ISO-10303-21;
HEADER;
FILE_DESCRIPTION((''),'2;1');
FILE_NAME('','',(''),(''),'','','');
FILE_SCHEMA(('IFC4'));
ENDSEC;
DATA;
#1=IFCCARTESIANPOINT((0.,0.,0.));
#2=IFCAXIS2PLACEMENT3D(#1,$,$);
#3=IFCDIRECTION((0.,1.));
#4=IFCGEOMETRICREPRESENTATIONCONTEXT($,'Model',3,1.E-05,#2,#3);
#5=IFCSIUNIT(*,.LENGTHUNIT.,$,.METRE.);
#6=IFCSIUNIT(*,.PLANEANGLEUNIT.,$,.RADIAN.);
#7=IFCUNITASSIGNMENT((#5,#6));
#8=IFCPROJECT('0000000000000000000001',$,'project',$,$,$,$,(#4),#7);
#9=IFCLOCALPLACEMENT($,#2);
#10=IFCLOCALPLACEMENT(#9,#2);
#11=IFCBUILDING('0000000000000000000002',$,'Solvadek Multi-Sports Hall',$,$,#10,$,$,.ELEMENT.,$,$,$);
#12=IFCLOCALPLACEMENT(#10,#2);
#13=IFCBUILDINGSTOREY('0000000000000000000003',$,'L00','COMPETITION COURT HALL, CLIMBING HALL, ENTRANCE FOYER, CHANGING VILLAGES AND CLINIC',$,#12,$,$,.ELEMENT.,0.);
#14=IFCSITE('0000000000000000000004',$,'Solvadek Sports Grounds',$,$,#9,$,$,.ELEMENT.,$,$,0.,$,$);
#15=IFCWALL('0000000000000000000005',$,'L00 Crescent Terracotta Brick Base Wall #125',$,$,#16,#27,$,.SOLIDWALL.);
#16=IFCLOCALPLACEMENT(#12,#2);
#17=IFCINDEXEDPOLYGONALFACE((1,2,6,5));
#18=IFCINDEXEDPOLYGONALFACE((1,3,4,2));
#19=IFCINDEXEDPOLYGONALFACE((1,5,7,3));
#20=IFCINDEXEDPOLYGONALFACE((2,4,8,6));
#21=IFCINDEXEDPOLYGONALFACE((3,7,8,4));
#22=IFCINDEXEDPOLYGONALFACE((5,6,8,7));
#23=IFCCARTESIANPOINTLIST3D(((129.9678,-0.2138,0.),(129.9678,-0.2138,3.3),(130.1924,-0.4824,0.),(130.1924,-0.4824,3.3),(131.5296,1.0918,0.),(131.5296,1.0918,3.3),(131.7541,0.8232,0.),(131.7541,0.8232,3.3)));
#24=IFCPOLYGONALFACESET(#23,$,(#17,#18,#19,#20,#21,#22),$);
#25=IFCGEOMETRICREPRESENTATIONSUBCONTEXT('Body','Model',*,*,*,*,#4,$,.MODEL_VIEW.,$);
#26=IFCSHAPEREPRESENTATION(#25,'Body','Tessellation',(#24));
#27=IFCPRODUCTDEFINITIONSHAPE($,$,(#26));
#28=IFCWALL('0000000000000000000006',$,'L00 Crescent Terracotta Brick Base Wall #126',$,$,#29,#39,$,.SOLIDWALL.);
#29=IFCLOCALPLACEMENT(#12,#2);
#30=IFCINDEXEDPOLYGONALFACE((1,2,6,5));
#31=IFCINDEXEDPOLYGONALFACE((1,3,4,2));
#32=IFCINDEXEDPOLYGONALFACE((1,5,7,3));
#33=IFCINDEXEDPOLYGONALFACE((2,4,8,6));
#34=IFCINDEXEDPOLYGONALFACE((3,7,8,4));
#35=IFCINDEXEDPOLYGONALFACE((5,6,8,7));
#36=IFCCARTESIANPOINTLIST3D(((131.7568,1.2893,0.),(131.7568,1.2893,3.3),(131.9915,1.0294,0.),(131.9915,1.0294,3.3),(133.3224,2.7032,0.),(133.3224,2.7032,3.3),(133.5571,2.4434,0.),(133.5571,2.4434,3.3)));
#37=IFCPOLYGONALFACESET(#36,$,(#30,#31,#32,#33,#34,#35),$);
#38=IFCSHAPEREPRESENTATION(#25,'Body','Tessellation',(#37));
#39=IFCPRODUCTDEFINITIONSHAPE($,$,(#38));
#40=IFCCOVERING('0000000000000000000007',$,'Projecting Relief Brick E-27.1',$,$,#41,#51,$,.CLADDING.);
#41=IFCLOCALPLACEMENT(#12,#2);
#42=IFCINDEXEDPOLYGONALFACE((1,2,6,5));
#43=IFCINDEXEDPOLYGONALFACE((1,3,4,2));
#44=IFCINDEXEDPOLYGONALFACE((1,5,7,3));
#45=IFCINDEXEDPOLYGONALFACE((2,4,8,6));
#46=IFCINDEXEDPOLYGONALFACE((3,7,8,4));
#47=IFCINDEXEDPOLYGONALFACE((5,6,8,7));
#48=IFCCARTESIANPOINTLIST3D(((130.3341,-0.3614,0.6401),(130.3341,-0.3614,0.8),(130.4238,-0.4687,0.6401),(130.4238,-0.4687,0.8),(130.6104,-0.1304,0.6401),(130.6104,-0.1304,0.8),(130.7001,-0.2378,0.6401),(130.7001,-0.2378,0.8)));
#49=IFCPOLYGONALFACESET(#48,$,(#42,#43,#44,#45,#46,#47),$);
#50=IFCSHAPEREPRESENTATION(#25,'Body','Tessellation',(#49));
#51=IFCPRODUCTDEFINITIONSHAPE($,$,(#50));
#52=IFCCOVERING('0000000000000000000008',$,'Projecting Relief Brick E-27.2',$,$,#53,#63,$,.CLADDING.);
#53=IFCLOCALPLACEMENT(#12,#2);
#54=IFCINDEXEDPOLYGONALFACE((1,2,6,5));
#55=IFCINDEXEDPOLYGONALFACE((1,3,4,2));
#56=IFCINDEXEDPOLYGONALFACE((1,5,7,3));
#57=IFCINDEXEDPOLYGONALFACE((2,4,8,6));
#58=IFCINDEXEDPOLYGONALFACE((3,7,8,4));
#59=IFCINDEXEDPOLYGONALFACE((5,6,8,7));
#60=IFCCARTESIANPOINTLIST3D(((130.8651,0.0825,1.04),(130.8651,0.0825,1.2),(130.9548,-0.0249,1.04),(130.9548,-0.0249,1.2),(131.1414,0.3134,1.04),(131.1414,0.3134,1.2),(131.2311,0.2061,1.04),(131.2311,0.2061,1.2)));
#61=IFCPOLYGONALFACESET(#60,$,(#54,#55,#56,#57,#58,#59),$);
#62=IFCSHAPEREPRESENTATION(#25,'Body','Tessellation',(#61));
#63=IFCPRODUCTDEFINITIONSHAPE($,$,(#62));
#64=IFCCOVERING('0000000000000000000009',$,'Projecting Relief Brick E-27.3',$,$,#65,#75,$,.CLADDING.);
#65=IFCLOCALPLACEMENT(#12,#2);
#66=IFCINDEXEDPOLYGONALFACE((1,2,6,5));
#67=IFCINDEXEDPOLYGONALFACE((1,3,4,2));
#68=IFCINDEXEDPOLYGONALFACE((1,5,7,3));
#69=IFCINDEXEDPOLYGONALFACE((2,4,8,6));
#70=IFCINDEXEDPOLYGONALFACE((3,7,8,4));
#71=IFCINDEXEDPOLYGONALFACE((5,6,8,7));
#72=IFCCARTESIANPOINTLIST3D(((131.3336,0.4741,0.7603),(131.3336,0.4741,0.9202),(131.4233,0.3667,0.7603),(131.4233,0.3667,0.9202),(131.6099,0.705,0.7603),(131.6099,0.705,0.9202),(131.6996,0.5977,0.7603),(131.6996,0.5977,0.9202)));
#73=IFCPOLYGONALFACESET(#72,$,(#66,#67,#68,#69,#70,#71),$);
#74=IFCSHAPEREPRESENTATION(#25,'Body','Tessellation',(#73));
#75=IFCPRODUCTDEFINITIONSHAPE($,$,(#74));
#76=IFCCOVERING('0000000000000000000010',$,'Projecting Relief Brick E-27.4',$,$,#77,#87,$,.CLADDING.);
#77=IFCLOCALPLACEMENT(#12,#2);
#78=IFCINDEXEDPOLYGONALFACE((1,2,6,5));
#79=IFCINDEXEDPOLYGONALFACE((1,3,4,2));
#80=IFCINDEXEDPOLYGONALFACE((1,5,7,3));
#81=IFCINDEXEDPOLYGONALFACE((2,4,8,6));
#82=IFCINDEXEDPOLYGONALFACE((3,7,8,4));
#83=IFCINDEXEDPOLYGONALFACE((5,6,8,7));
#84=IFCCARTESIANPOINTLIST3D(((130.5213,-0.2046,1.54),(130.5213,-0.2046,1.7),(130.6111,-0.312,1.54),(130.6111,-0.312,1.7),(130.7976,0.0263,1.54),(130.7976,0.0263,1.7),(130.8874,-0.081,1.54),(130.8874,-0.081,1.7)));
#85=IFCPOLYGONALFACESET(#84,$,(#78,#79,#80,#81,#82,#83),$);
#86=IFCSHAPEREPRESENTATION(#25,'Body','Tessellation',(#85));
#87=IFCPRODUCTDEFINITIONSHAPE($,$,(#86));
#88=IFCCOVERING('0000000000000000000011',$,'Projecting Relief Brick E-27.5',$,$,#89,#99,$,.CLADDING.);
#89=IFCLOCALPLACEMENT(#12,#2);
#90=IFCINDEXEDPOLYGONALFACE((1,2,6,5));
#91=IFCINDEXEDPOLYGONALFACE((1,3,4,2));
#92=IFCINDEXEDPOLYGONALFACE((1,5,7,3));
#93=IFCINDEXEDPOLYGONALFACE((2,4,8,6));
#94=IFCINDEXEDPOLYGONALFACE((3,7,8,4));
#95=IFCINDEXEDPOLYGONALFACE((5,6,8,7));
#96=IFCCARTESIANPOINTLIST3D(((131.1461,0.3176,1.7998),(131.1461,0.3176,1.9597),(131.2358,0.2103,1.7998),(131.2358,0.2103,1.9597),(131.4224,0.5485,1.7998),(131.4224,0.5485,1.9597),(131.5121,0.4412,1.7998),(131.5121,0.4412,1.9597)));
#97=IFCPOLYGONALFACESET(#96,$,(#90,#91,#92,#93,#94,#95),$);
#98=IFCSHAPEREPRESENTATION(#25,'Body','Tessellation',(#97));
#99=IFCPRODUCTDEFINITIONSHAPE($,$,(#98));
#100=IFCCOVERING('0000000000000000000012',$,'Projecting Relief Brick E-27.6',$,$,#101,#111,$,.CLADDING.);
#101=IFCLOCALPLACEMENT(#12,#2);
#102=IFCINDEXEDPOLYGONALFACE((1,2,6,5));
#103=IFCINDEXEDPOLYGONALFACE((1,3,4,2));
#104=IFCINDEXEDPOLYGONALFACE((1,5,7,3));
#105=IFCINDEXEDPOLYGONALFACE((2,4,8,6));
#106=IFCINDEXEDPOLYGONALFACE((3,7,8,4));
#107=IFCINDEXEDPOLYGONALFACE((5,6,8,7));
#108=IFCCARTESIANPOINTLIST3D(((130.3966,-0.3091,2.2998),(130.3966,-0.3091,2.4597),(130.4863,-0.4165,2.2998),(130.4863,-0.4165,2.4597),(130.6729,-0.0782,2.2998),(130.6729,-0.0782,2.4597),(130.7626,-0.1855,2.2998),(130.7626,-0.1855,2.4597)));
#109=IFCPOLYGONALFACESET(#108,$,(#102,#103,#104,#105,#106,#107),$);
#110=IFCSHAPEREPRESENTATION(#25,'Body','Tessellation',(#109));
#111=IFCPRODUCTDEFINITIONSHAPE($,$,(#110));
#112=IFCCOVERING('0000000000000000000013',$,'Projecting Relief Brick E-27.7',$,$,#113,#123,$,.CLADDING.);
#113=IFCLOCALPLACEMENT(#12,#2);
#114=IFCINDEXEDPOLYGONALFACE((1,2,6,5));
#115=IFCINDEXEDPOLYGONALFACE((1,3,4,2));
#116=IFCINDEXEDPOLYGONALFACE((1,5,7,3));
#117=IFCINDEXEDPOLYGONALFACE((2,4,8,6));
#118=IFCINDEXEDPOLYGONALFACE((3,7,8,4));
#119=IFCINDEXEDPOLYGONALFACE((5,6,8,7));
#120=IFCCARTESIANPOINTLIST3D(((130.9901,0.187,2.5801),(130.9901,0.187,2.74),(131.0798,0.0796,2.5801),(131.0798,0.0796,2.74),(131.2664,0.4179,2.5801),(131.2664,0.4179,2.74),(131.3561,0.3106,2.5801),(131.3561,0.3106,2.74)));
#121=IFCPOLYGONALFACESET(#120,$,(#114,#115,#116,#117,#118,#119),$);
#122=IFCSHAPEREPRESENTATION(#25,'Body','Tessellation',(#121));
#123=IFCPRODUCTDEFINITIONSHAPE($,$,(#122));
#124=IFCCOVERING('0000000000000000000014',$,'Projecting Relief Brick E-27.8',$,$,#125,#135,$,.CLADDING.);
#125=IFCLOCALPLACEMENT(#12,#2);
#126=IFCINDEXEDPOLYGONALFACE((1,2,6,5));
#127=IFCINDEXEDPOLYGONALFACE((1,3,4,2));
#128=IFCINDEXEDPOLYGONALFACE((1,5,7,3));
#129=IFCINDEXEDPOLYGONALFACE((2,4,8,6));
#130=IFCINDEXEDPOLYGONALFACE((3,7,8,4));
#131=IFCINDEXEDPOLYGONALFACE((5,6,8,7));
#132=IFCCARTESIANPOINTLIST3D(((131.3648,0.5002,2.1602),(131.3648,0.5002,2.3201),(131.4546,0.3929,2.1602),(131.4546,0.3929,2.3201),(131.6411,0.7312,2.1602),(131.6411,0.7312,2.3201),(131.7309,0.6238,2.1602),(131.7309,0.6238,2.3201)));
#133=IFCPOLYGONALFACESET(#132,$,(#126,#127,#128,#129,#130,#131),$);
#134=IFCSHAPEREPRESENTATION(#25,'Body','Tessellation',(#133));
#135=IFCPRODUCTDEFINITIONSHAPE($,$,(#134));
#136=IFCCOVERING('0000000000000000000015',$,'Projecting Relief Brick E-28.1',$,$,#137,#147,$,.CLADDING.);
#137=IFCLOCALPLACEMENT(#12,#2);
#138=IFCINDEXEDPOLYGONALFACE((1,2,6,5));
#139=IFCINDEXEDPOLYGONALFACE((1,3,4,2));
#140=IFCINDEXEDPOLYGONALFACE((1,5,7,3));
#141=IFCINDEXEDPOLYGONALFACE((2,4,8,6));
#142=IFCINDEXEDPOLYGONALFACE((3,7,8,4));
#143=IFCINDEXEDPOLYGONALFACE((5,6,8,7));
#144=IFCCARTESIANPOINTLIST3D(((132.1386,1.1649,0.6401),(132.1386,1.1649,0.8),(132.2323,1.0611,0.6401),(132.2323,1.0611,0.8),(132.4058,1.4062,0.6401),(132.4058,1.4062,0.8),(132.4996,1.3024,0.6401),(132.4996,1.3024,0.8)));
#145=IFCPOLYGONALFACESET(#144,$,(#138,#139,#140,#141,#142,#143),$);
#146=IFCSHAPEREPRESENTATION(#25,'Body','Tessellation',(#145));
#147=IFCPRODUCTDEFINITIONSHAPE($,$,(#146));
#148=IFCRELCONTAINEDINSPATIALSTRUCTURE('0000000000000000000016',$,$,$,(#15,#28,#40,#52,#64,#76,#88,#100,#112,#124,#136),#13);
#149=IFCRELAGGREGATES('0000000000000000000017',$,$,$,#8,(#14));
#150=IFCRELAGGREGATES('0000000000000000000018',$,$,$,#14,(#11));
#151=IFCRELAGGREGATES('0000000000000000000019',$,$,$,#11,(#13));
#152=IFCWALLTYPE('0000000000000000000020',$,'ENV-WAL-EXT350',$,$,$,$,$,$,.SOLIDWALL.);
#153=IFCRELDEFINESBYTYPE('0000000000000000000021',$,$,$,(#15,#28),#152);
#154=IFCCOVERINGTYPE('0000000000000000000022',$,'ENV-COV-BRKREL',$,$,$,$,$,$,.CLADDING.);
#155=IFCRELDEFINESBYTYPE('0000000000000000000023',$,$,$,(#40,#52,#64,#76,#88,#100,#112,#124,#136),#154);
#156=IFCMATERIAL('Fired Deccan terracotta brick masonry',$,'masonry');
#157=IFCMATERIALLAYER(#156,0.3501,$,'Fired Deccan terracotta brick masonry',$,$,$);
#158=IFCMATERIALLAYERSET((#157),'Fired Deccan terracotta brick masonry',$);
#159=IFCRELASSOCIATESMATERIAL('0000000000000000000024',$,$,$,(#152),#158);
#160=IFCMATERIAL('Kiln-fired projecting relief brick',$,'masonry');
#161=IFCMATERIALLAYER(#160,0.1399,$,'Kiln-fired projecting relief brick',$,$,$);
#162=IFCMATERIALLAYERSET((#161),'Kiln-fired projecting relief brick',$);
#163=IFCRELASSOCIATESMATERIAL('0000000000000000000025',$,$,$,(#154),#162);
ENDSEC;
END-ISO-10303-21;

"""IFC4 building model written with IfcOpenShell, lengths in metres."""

from ifc_helpers import new_model, si_unit, direction, frame, frame_2d, origin, origin_2d, place, context, subcontext, project, spatial, rectangle, extrude, material, layer, layer_set, type_object, element, save


model = new_model("IFC4")

# Units and contexts
model_context = context("Model", 3, precision=1e-05, world=origin(), true_north=direction((0.0, 1.0)))
body_context = subcontext(model_context, "Body", "Model", "MODEL_VIEW")
ifc_project = project(units=[si_unit("LENGTHUNIT", "METRE"), si_unit("PLANEANGLEUNIT", "RADIAN")], contexts=[model_context])

# Site, building, storey
site_placement = place(None, origin())
site = spatial("IfcSite", under=ifc_project, at=site_placement, Name="Solvadek Sports Grounds", CompositionType="ELEMENT", RefElevation=0.0)
building_placement = place(site_placement, origin())
building = spatial("IfcBuilding", under=site, at=building_placement, Name="Solvadek Multi-Sports Hall", CompositionType="ELEMENT")
storey_placement = place(building_placement, origin())
storey = spatial("IfcBuildingStorey", under=building, at=storey_placement, Name="L00", Description="COMPETITION COURT HALL, CLIMBING HALL, ENTRANCE FOYER, CHANGING VILLAGES AND CLINIC", CompositionType="ELEMENT", Elevation=0.0)

# Shared definitions
ifc_material_1 = material(Name="Fired Deccan terracotta brick masonry", Category="masonry")
ifc_layer_1 = layer(ifc_material_1, 0.3501, Name="Fired Deccan terracotta brick masonry")
ifc_layer_set_1 = layer_set([ifc_layer_1], Name="Fired Deccan terracotta brick masonry")
wall_type = type_object("IfcWallType", Name="ENV-WAL-EXT350", PredefinedType="SOLIDWALL", material=ifc_layer_set_1)

# Walls
wall_1_placement = place(storey_placement, frame((130.0801, -0.3481, 0.0), z_axis=(0.0, 0.0, 1.0), x_axis=(0.767208, 0.641399, 0.0)))
element("IfcWall", 1, at=wall_1_placement, inside=storey, type_object=wall_type, Name="L00 Crescent Terracotta Brick Base Wall #125", PredefinedType="SOLIDWALL", context=body_context, shape_type="SweptSolid", body=[
    extrude(rectangle(XDim=2.0356, YDim=0.3501, at=frame_2d((1.0178, 0.0))), origin(), (0.0, 0.0, 1.0), 3.3),
])
wall_2_placement = place(storey_placement, frame((131.8743, 1.1594, 0.0), z_axis=(0.0, 0.0, 1.0), x_axis=(0.742125, 0.670262, 0.0)))
element("IfcWall", 2, at=wall_2_placement, inside=storey, type_object=wall_type, Name="L00 Crescent Terracotta Brick Base Wall #126", PredefinedType="SOLIDWALL", context=body_context, shape_type="SweptSolid", body=[
    extrude(rectangle(XDim=2.1096, YDim=0.3501, at=frame_2d((1.0547, 0.0))), origin(), (0.0, 0.0, 1.0), 3.3),
])

# Coverings
ifc_material_2 = material(Name="Kiln-fired projecting relief brick", Category="masonry")
ifc_layer_2 = layer(ifc_material_2, 0.1399, Name="Kiln-fired projecting relief brick")
ifc_layer_set_2 = layer_set([ifc_layer_2], Name="Kiln-fired projecting relief brick")
covering_type = type_object("IfcCoveringType", Name="ENV-COV-BRKREL", PredefinedType="CLADDING", material=ifc_layer_set_2)
for number, where, z_axis, x_axis, name in (
    (3, (130.5171, -0.2996, 0.6401), (0.0, 0.0, 1.0), (0.767255, 0.641343, 0.0), "Projecting Relief Brick E-27.1"),
    (4, (131.0481, 0.1443, 1.04), (0.0, 0.0, 1.0), (0.767255, 0.641343, 0.0), "Projecting Relief Brick E-27.2"),
    (5, (131.5166, 0.5359, 0.7603), (0.0, 0.0, 1.0), (0.767255, 0.641343, 0.0), "Projecting Relief Brick E-27.3"),
    (6, (130.7043, -0.1428, 1.54), (0.0, 0.0, 1.0), (0.767255, 0.641343, 0.0), "Projecting Relief Brick E-27.4"),
    (7, (131.3291, 0.3794, 1.7998), (0.0, 0.0, 1.0), (0.767255, 0.641343, 0.0), "Projecting Relief Brick E-27.5"),
    (8, (130.5796, -0.2473, 2.2998), (0.0, 0.0, 1.0), (0.767255, 0.641343, 0.0), "Projecting Relief Brick E-27.6"),
    (9, (131.1731, 0.2488, 2.5801), (0.0, 0.0, 1.0), (0.767255, 0.641343, 0.0), "Projecting Relief Brick E-27.7"),
    (10, (131.5479, 0.562, 2.1602), (0.0, 0.0, 1.0), (0.767255, 0.641343, 0.0), "Projecting Relief Brick E-27.8"),
    (11, (132.3191, 1.2336, 0.6401), (0.0, 0.0, 1.0), (0.742151, 0.670233, 0.0), "Projecting Relief Brick E-28.1"),
):
    element("IfcCovering", number, at=place(storey_placement, frame(where, z_axis=z_axis, x_axis=x_axis)), inside=storey, type_object=covering_type, Name=name, PredefinedType="CLADDING", context=body_context, shape_type="SweptSolid", body=[
        extrude(rectangle(XDim=0.3601, YDim=0.1399, at=origin_2d()), origin(), (0.0, 0.0, 1.0), 0.1599),
    ])

save(model, "model.ifc")
